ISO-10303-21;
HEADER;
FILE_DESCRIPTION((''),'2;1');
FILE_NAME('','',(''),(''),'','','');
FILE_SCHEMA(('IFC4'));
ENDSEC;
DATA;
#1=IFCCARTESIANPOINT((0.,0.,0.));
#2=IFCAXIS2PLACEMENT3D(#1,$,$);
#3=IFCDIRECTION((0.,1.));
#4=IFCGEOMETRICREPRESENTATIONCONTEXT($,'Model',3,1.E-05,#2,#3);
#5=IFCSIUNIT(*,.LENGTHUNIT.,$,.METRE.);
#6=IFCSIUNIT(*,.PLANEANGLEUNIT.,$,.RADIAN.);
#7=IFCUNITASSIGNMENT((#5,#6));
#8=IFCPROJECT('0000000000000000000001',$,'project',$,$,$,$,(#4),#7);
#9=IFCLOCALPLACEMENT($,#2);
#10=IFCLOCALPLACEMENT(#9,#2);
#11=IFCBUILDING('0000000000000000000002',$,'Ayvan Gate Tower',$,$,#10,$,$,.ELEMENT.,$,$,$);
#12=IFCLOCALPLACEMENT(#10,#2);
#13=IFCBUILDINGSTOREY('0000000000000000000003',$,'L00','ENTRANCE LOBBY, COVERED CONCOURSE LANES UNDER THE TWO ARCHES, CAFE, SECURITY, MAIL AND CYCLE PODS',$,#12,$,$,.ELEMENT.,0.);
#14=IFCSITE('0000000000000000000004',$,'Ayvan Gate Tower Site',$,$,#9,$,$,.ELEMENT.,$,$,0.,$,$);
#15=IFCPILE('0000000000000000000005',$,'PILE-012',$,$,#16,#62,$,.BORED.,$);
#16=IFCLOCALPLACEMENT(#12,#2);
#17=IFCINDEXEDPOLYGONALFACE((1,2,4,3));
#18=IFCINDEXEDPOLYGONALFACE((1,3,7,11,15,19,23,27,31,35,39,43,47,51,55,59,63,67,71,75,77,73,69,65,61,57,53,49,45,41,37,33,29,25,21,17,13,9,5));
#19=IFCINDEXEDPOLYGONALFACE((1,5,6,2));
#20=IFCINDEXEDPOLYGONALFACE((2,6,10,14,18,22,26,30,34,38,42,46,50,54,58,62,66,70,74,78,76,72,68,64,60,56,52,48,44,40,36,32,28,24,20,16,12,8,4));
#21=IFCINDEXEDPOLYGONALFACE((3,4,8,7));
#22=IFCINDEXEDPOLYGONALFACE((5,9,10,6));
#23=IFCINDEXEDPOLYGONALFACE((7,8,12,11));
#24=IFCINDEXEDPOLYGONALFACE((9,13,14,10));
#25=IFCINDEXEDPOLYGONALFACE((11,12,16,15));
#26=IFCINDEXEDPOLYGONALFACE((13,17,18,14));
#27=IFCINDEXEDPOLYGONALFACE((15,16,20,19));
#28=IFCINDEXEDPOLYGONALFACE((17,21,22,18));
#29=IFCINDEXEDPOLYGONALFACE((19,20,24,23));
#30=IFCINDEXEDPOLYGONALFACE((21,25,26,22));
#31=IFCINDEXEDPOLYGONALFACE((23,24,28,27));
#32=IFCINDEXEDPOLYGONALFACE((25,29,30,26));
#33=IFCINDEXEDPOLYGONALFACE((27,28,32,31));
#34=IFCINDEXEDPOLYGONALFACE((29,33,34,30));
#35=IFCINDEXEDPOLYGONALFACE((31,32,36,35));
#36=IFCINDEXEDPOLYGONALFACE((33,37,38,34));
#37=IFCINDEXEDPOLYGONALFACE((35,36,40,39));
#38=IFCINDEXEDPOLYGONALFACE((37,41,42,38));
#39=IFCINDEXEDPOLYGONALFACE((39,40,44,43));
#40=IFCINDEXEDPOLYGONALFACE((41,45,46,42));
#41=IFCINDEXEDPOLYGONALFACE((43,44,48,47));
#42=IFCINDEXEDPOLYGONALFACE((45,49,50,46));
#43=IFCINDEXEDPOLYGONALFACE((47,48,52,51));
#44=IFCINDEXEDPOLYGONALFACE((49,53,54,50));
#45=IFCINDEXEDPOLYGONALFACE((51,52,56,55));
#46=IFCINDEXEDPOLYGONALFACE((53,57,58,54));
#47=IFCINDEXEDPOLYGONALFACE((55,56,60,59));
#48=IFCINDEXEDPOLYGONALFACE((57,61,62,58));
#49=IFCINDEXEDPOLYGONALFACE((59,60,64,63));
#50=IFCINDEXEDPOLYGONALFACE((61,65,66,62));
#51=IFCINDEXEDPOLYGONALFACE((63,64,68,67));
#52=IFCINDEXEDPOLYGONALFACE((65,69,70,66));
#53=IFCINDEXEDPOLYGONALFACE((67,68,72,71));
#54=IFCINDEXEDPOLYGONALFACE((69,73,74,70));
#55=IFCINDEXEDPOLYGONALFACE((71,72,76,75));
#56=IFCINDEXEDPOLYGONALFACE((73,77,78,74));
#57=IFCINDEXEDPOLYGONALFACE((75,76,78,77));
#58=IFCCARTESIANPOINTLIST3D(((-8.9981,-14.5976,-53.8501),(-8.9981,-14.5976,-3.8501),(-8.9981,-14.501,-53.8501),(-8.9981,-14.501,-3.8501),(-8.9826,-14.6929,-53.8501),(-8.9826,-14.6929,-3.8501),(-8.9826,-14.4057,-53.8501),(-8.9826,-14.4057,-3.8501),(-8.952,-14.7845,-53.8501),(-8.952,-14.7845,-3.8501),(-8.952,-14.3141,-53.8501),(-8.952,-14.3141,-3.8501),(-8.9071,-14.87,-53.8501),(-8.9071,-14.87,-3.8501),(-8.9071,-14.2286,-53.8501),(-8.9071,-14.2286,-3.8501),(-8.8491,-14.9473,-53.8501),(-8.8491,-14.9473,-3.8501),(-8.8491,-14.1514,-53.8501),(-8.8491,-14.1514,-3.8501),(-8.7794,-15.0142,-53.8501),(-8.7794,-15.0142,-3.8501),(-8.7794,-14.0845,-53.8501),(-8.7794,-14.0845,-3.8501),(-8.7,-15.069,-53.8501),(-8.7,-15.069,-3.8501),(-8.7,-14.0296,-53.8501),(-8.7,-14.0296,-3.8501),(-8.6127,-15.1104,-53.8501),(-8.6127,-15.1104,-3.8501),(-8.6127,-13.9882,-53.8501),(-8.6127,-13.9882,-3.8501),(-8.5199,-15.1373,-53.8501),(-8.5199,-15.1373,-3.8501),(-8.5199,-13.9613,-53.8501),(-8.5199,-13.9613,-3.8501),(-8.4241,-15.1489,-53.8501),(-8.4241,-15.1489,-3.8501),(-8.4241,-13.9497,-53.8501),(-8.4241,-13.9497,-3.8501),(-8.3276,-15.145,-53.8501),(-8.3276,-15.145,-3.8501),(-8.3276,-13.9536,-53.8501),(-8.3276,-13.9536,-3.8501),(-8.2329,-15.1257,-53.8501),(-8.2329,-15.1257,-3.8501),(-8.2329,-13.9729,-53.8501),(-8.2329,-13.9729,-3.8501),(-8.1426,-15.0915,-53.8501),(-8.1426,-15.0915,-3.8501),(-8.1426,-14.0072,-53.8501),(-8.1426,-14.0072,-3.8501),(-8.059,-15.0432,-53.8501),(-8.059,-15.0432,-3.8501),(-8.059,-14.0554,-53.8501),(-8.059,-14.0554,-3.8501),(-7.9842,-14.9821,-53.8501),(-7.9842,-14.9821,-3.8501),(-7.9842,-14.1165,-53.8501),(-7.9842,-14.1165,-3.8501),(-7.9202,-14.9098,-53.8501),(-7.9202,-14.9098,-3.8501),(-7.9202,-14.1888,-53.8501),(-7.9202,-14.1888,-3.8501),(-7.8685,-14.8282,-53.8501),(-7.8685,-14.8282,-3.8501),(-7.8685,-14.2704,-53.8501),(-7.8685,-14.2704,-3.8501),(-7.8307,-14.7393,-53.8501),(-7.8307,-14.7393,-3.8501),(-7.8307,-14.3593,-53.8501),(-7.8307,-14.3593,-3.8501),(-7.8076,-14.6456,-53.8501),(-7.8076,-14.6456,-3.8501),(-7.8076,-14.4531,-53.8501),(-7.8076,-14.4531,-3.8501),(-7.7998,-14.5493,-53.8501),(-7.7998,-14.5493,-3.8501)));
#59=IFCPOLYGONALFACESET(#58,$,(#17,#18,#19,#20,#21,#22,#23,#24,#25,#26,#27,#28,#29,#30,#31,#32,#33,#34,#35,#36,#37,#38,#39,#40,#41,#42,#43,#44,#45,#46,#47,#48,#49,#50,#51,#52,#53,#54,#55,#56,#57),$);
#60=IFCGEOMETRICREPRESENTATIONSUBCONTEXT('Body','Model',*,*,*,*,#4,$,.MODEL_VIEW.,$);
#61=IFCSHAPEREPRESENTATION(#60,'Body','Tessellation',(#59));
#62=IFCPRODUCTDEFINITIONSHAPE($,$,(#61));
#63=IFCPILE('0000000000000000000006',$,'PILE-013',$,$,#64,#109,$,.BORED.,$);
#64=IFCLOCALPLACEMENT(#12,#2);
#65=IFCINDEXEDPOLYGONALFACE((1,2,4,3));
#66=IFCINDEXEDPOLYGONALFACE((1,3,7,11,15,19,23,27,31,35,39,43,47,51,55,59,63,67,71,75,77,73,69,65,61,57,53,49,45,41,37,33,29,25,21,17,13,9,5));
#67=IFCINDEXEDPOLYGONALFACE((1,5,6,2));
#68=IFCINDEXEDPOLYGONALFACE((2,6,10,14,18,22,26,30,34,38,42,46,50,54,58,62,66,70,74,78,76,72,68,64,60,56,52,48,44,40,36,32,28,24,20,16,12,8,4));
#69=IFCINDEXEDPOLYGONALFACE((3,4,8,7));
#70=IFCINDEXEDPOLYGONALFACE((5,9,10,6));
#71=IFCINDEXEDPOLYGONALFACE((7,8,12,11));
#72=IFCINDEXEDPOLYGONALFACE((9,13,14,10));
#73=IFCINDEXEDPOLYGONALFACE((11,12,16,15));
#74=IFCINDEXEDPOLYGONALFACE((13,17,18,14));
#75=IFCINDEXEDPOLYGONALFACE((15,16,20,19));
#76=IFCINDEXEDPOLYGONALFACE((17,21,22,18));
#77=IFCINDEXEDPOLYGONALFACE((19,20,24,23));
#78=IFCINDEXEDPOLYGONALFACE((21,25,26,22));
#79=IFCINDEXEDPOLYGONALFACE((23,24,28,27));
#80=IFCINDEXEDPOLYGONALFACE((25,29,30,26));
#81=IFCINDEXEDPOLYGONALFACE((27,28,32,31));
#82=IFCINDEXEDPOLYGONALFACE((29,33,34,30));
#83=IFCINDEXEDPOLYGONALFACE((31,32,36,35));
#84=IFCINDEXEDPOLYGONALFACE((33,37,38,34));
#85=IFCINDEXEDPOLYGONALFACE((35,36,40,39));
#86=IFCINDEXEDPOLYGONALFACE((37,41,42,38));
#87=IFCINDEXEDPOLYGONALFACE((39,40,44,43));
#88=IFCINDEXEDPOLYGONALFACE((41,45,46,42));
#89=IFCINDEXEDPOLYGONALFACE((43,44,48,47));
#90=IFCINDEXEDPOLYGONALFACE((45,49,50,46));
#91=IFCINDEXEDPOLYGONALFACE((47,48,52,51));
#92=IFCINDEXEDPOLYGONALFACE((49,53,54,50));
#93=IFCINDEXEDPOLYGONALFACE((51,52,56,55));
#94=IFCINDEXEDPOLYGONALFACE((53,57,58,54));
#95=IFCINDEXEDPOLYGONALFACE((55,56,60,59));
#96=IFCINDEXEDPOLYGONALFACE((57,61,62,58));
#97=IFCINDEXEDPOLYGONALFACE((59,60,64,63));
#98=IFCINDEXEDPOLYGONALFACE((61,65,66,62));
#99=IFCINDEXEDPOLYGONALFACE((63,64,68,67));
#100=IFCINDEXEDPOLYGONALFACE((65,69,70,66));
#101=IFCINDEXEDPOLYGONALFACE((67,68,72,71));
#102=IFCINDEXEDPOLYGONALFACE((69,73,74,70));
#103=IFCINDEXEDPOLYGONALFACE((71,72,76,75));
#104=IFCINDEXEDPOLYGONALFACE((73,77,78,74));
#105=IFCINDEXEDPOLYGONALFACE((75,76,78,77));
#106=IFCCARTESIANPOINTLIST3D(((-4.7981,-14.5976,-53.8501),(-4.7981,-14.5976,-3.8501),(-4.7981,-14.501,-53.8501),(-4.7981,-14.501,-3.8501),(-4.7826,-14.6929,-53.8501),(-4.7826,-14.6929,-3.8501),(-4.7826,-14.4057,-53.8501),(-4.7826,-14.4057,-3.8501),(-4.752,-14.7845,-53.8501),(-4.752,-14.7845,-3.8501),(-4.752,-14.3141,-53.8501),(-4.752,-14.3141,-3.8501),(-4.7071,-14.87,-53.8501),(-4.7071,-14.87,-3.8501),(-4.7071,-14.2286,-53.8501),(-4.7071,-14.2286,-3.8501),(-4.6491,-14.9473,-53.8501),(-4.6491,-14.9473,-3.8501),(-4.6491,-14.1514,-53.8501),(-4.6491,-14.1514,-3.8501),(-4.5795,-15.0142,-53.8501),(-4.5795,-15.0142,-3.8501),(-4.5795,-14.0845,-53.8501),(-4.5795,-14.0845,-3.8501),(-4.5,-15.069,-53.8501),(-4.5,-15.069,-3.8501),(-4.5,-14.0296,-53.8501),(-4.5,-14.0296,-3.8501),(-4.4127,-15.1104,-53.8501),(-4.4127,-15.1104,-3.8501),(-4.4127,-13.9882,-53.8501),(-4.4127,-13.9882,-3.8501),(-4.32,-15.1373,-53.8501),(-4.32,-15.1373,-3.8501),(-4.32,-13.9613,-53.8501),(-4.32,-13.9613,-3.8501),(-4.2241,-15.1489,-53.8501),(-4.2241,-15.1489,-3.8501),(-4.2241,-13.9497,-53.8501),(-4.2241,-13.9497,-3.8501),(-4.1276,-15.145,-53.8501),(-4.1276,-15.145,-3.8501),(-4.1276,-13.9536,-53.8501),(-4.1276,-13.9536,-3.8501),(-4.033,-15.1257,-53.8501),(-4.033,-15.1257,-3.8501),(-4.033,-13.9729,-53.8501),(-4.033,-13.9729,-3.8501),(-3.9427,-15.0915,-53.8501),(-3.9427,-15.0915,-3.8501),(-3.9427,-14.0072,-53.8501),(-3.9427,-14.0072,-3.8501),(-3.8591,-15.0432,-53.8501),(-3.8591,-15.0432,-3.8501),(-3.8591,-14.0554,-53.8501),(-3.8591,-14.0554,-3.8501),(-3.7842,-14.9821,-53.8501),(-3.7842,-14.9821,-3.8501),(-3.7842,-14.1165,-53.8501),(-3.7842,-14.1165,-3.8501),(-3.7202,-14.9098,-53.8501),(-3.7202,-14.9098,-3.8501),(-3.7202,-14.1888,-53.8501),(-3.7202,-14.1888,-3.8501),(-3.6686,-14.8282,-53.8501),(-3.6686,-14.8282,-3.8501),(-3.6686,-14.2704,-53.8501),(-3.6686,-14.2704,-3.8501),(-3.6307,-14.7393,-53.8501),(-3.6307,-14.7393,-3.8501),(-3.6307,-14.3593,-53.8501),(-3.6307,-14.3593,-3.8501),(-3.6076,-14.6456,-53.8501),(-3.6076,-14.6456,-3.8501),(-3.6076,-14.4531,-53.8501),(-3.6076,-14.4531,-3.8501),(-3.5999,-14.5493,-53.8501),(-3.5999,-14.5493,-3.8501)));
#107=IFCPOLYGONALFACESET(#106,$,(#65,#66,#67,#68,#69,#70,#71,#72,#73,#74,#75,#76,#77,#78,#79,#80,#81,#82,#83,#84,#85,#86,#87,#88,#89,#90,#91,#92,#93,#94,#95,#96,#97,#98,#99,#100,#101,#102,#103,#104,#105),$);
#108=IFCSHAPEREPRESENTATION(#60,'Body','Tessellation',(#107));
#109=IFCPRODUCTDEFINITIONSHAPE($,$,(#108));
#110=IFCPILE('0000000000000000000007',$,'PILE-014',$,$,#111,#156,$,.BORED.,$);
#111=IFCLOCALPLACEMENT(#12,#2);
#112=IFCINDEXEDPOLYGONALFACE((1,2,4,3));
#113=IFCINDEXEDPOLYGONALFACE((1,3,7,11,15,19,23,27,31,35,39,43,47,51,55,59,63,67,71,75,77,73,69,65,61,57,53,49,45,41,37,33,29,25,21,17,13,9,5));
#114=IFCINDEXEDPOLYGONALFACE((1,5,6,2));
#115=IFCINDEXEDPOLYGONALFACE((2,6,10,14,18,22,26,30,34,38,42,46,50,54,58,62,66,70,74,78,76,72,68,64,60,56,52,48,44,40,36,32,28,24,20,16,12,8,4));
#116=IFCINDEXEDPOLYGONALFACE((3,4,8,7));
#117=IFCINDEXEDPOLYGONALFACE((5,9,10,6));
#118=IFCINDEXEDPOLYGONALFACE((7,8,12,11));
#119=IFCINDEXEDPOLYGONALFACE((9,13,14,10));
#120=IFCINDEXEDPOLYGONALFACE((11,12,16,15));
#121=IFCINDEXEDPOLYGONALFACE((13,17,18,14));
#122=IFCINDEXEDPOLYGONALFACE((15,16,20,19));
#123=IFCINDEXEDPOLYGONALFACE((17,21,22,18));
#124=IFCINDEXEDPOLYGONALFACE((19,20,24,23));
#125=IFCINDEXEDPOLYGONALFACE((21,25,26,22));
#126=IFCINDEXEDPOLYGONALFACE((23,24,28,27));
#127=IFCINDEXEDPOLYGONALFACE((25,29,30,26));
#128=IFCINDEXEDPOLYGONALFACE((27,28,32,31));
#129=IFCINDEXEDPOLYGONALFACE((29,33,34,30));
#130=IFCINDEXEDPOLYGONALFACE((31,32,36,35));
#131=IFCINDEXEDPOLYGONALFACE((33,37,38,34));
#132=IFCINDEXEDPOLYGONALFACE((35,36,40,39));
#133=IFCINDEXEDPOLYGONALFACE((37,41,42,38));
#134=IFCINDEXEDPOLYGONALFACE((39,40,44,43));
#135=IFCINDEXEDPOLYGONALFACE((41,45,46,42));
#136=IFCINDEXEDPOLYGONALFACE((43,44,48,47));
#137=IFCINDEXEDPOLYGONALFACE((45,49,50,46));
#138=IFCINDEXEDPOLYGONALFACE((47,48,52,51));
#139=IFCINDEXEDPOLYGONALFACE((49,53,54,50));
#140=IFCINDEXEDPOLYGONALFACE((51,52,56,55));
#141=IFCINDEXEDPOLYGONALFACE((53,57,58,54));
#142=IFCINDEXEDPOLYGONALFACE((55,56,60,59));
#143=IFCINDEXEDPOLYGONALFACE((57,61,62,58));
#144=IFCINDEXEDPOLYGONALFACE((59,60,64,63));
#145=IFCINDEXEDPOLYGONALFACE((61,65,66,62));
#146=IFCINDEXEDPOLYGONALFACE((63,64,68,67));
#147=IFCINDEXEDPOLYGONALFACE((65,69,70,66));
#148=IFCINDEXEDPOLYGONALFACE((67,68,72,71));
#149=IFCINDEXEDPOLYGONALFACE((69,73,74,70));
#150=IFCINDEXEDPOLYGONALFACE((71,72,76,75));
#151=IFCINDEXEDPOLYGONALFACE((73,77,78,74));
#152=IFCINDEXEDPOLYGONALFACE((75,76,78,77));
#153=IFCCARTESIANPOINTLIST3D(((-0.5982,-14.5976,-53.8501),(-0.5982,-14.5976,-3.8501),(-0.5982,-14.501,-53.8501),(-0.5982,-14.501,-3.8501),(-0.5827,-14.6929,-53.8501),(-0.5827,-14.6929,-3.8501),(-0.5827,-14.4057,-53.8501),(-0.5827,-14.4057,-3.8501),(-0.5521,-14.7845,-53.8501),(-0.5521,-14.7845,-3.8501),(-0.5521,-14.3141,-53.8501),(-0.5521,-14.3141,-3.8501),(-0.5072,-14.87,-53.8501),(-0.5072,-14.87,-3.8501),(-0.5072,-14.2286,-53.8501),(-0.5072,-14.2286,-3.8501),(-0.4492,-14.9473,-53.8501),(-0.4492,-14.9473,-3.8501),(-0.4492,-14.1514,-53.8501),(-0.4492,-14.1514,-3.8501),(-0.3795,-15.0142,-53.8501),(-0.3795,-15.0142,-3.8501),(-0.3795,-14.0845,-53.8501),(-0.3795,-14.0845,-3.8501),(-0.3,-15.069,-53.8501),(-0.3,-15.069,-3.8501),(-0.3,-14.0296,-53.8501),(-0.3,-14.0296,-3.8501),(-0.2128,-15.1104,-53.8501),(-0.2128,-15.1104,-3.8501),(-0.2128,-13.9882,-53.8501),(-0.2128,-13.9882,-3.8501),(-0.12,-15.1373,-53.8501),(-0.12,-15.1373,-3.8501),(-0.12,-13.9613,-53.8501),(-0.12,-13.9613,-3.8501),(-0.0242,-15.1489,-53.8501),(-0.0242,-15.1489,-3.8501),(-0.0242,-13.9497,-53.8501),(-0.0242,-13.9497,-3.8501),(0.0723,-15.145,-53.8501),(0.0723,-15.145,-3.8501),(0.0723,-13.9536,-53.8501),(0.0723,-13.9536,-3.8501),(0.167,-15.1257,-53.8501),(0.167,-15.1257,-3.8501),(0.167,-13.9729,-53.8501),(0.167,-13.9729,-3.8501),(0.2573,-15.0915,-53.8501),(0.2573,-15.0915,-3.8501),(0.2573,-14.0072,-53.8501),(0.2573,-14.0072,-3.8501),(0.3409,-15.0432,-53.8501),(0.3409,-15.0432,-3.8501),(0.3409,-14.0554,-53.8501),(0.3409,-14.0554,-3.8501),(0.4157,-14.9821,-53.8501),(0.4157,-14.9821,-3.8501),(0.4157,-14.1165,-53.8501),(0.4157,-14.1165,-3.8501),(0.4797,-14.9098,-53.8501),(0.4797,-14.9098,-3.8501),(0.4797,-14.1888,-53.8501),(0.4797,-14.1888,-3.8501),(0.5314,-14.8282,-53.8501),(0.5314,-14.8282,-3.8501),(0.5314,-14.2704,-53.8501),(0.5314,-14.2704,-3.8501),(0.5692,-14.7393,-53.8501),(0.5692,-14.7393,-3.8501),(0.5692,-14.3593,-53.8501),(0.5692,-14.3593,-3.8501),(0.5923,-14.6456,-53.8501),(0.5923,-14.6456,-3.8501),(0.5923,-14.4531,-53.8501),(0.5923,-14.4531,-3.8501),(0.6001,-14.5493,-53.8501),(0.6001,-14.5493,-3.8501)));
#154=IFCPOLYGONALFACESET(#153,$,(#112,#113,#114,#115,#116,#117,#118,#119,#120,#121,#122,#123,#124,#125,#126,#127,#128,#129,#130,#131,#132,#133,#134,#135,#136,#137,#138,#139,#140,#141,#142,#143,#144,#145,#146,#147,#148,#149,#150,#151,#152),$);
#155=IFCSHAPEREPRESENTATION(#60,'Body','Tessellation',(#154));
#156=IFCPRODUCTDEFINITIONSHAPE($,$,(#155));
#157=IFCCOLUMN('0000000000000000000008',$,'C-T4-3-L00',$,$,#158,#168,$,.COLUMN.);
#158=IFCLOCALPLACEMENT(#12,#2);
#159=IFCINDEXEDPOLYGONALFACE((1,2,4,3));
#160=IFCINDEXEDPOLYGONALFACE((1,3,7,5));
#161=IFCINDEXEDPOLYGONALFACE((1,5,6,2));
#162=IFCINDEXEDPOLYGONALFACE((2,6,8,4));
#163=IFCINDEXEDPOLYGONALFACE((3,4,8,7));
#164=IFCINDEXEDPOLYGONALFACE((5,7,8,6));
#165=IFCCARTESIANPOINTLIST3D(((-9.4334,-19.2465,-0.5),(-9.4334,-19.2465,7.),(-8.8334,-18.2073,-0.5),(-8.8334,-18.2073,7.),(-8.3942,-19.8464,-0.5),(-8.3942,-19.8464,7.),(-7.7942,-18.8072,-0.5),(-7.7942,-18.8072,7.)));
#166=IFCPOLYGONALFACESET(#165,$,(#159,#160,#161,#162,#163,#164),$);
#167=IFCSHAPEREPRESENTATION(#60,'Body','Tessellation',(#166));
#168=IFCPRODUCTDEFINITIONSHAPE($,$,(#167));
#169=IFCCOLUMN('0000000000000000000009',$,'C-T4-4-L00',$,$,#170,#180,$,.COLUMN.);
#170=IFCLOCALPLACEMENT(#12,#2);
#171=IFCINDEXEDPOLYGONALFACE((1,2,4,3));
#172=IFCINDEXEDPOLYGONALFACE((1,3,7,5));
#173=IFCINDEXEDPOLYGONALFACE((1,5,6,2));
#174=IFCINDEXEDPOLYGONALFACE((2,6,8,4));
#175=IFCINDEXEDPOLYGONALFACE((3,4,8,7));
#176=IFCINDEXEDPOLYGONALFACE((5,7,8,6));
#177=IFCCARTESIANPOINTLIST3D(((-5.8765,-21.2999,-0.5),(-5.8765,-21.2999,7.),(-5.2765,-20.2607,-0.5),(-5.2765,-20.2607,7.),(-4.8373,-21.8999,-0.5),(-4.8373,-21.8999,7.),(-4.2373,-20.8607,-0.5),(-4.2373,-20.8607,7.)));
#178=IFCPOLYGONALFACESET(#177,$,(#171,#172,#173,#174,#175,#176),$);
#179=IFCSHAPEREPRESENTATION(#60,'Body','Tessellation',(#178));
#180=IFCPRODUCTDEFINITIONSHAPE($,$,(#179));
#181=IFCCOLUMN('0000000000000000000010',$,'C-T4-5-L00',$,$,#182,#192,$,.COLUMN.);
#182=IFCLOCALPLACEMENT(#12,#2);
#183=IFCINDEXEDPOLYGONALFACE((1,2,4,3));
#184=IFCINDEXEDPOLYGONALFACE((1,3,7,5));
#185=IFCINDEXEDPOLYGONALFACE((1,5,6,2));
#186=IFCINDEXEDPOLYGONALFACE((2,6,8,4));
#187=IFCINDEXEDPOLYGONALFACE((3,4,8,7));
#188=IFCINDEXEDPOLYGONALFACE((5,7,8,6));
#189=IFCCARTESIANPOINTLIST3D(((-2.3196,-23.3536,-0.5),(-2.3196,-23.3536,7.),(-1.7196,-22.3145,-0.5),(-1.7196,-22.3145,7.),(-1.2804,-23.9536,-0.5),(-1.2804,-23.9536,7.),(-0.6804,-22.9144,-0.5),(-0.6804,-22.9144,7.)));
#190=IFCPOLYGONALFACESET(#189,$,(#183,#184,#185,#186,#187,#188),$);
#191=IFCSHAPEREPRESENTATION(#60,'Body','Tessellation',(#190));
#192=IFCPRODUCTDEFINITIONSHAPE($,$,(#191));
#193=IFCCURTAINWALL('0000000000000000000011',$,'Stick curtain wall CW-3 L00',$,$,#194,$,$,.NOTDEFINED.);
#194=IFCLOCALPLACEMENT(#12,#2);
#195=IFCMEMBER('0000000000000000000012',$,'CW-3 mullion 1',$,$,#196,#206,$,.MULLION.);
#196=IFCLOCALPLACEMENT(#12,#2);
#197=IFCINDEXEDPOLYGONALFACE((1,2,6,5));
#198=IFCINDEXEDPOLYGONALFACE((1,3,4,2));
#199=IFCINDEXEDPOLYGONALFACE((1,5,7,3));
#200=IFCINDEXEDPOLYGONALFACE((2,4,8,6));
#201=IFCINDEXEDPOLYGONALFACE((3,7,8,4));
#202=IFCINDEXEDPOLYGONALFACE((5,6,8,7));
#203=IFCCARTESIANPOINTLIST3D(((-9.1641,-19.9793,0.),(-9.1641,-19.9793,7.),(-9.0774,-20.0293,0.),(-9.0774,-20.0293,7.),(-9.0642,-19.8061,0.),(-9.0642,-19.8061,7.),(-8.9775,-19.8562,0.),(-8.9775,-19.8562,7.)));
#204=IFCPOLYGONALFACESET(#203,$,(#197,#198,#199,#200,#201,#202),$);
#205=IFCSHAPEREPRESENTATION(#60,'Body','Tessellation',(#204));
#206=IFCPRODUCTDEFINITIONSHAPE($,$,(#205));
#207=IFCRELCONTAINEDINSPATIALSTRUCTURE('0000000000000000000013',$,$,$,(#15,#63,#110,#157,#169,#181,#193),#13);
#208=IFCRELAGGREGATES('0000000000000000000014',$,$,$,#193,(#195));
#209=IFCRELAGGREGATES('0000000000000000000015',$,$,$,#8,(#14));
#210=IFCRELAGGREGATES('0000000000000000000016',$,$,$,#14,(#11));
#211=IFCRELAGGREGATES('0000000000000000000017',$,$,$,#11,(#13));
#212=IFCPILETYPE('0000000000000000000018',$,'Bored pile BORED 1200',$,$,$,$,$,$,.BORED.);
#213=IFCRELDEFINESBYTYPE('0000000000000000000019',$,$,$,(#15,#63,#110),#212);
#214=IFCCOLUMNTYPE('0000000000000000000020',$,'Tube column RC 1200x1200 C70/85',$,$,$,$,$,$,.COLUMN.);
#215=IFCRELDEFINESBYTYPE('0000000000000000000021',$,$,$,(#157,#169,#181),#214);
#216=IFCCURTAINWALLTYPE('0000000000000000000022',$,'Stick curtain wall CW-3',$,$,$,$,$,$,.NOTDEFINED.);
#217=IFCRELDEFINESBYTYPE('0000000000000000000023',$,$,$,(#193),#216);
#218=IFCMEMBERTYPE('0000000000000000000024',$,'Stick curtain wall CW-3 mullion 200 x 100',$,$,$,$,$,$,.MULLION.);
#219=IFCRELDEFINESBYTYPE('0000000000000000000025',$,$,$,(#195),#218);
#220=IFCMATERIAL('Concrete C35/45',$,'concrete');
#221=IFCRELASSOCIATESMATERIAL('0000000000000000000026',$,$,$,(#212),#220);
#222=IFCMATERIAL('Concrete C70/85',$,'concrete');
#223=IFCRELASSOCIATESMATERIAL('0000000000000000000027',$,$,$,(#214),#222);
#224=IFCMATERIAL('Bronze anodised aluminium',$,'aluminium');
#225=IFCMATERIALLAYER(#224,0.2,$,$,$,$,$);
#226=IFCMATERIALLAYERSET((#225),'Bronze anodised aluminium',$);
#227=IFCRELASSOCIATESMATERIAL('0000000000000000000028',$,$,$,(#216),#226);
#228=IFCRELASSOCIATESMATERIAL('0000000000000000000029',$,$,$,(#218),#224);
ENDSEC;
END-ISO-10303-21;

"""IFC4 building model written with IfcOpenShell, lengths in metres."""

from ifc_helpers import new_model, si_unit, direction, frame, origin, origin_2d, place, context, subcontext, project, spatial, rectangle, circle, extrude, material, layer, layer_set, material_profile, profile_set, type_object, element, aggregate, save


model = new_model("IFC4")

# Units and contexts
model_context = context("Model", 3, precision=1e-05, world=origin(), true_north=direction((0.0, 1.0)))
body_context = subcontext(model_context, "Body", "Model", "MODEL_VIEW")
ifc_project = project(units=[si_unit("LENGTHUNIT", "METRE"), si_unit("PLANEANGLEUNIT", "RADIAN")], contexts=[model_context])

# Site, building, storey
site_placement = place(None, origin())
site = spatial("IfcSite", under=ifc_project, at=site_placement, Name="Ayvan Gate Tower Site", CompositionType="ELEMENT", RefElevation=0.0)
building_placement = place(site_placement, origin())
building = spatial("IfcBuilding", under=site, at=building_placement, Name="Ayvan Gate Tower", CompositionType="ELEMENT")
storey_placement = place(building_placement, origin())
storey = spatial("IfcBuildingStorey", under=building, at=storey_placement, Name="L00", Description="ENTRANCE LOBBY, COVERED CONCOURSE LANES UNDER THE TWO ARCHES, CAFE, SECURITY, MAIL AND CYCLE PODS", CompositionType="ELEMENT", Elevation=0.0)

# Piles
ifc_material_1 = material(Name="Concrete C35/45", Category="concrete")
ifc_material_profile_1 = material_profile(ifc_material_1, circle(Radius=0.6001, at=origin_2d()), Name="BORED 1200")
ifc_profile_set_1 = profile_set([ifc_material_profile_1], Name="Concrete C35/45")
pile_type = type_object("IfcPileType", Name="Bored pile BORED 1200", PredefinedType="BORED", material=ifc_profile_set_1)
for number, where, z_axis, x_axis, name in (
    (1, (-8.3999, -14.5493, -3.8501), (0.0, 0.0, -1.0), (1.0, 0.0, 0.0), "PILE-012"),
    (2, (-4.2, -14.5493, -3.8501), (0.0, 0.0, -1.0), (1.0, 0.0, 0.0), "PILE-013"),
    (3, (0.0, -14.5493, -3.8501), (0.0, 0.0, -1.0), (1.0, 0.0, 0.0), "PILE-014"),
):
    element("IfcPile", number, at=place(storey_placement, frame(where, z_axis=z_axis, x_axis=x_axis)), inside=storey, type_object=pile_type, Name=name, PredefinedType="BORED", context=body_context, shape_type="SweptSolid", body=[
        extrude(circle(Radius=0.6001, at=origin_2d()), origin(), (0.0, 0.0, 1.0), 50.0),
    ])

# Columns
ifc_material_2 = material(Name="Concrete C70/85", Category="concrete")
ifc_material_profile_2 = material_profile(ifc_material_2, rectangle(XDim=1.2, YDim=1.2, at=origin_2d()), Name="RC 1200x1200")
ifc_profile_set_2 = profile_set([ifc_material_profile_2], Name="Concrete C70/85")
column_type = type_object("IfcColumnType", Name="Tube column RC 1200x1200 C70/85", PredefinedType="COLUMN", material=ifc_profile_set_2)
for number, where, z_axis, x_axis, name in (
    (4, (-8.6138, -19.0269, -0.5), (0.0, 0.0, 1.0), (-0.5, -0.866025, 0.0), "C-T4-3-L00"),
    (5, (-5.0569, -21.0803, -0.5), (0.0, 0.0, 1.0), (-0.5, -0.866025, 0.0), "C-T4-4-L00"),
    (6, (-1.5, -23.134, -0.5), (0.0, 0.0, 1.0), (-0.5, -0.866025, 0.0), "C-T4-5-L00"),
):
    element("IfcColumn", number, at=place(storey_placement, frame(where, z_axis=z_axis, x_axis=x_axis)), inside=storey, type_object=column_type, Name=name, PredefinedType="COLUMN", context=body_context, shape_type="SweptSolid", body=[
        extrude(rectangle(XDim=1.2, YDim=1.2, at=origin_2d()), origin(), (0.0, 0.0, 1.0), 7.5),
    ])

# Curtain wall, member
ifc_material_3 = material(Name="Bronze anodised aluminium", Category="aluminium")
ifc_layer_1 = layer(ifc_material_3, 0.2)
ifc_layer_set_1 = layer_set([ifc_layer_1], Name="Bronze anodised aluminium")
curtain_wall_type = type_object("IfcCurtainWallType", Name="Stick curtain wall CW-3", PredefinedType="NOTDEFINED", material=ifc_layer_set_1)
curtain_wall_placement = place(storey_placement, origin())
curtain_wall = element("IfcCurtainWall", 7, at=curtain_wall_placement, inside=storey, type_object=curtain_wall_type, Name="Stick curtain wall CW-3 L00", PredefinedType="NOTDEFINED")
ifc_material_profile_3 = material_profile(ifc_material_3, rectangle(XDim=0.2, YDim=0.1001, at=origin_2d()), Name="Stick curtain wall CW-3 mullion 200 x 100")
ifc_profile_set_3 = profile_set([ifc_material_profile_3], Name="Bronze anodised aluminium")
member_type_1 = type_object("IfcMemberType", Name="Stick curtain wall CW-3 mullion 200 x 100", PredefinedType="MULLION", material=ifc_profile_set_3)
member_1_placement = place(storey_placement, frame((-9.0708, -19.9177, 0.0), z_axis=(0.0, 0.0, 1.0), x_axis=(-0.5, -0.866025, 0.0)))
member_1 = element("IfcMember", 8, at=member_1_placement, type_object=member_type_1, Name="CW-3 mullion 1", PredefinedType="MULLION", context=body_context, shape_type="SweptSolid", body=[
    extrude(rectangle(XDim=0.2, YDim=0.1001, at=origin_2d()), origin(), (0.0, 0.0, 1.0), 7.0),
])
aggregate(curtain_wall, [member_1])

save(model, "model.ifc")
